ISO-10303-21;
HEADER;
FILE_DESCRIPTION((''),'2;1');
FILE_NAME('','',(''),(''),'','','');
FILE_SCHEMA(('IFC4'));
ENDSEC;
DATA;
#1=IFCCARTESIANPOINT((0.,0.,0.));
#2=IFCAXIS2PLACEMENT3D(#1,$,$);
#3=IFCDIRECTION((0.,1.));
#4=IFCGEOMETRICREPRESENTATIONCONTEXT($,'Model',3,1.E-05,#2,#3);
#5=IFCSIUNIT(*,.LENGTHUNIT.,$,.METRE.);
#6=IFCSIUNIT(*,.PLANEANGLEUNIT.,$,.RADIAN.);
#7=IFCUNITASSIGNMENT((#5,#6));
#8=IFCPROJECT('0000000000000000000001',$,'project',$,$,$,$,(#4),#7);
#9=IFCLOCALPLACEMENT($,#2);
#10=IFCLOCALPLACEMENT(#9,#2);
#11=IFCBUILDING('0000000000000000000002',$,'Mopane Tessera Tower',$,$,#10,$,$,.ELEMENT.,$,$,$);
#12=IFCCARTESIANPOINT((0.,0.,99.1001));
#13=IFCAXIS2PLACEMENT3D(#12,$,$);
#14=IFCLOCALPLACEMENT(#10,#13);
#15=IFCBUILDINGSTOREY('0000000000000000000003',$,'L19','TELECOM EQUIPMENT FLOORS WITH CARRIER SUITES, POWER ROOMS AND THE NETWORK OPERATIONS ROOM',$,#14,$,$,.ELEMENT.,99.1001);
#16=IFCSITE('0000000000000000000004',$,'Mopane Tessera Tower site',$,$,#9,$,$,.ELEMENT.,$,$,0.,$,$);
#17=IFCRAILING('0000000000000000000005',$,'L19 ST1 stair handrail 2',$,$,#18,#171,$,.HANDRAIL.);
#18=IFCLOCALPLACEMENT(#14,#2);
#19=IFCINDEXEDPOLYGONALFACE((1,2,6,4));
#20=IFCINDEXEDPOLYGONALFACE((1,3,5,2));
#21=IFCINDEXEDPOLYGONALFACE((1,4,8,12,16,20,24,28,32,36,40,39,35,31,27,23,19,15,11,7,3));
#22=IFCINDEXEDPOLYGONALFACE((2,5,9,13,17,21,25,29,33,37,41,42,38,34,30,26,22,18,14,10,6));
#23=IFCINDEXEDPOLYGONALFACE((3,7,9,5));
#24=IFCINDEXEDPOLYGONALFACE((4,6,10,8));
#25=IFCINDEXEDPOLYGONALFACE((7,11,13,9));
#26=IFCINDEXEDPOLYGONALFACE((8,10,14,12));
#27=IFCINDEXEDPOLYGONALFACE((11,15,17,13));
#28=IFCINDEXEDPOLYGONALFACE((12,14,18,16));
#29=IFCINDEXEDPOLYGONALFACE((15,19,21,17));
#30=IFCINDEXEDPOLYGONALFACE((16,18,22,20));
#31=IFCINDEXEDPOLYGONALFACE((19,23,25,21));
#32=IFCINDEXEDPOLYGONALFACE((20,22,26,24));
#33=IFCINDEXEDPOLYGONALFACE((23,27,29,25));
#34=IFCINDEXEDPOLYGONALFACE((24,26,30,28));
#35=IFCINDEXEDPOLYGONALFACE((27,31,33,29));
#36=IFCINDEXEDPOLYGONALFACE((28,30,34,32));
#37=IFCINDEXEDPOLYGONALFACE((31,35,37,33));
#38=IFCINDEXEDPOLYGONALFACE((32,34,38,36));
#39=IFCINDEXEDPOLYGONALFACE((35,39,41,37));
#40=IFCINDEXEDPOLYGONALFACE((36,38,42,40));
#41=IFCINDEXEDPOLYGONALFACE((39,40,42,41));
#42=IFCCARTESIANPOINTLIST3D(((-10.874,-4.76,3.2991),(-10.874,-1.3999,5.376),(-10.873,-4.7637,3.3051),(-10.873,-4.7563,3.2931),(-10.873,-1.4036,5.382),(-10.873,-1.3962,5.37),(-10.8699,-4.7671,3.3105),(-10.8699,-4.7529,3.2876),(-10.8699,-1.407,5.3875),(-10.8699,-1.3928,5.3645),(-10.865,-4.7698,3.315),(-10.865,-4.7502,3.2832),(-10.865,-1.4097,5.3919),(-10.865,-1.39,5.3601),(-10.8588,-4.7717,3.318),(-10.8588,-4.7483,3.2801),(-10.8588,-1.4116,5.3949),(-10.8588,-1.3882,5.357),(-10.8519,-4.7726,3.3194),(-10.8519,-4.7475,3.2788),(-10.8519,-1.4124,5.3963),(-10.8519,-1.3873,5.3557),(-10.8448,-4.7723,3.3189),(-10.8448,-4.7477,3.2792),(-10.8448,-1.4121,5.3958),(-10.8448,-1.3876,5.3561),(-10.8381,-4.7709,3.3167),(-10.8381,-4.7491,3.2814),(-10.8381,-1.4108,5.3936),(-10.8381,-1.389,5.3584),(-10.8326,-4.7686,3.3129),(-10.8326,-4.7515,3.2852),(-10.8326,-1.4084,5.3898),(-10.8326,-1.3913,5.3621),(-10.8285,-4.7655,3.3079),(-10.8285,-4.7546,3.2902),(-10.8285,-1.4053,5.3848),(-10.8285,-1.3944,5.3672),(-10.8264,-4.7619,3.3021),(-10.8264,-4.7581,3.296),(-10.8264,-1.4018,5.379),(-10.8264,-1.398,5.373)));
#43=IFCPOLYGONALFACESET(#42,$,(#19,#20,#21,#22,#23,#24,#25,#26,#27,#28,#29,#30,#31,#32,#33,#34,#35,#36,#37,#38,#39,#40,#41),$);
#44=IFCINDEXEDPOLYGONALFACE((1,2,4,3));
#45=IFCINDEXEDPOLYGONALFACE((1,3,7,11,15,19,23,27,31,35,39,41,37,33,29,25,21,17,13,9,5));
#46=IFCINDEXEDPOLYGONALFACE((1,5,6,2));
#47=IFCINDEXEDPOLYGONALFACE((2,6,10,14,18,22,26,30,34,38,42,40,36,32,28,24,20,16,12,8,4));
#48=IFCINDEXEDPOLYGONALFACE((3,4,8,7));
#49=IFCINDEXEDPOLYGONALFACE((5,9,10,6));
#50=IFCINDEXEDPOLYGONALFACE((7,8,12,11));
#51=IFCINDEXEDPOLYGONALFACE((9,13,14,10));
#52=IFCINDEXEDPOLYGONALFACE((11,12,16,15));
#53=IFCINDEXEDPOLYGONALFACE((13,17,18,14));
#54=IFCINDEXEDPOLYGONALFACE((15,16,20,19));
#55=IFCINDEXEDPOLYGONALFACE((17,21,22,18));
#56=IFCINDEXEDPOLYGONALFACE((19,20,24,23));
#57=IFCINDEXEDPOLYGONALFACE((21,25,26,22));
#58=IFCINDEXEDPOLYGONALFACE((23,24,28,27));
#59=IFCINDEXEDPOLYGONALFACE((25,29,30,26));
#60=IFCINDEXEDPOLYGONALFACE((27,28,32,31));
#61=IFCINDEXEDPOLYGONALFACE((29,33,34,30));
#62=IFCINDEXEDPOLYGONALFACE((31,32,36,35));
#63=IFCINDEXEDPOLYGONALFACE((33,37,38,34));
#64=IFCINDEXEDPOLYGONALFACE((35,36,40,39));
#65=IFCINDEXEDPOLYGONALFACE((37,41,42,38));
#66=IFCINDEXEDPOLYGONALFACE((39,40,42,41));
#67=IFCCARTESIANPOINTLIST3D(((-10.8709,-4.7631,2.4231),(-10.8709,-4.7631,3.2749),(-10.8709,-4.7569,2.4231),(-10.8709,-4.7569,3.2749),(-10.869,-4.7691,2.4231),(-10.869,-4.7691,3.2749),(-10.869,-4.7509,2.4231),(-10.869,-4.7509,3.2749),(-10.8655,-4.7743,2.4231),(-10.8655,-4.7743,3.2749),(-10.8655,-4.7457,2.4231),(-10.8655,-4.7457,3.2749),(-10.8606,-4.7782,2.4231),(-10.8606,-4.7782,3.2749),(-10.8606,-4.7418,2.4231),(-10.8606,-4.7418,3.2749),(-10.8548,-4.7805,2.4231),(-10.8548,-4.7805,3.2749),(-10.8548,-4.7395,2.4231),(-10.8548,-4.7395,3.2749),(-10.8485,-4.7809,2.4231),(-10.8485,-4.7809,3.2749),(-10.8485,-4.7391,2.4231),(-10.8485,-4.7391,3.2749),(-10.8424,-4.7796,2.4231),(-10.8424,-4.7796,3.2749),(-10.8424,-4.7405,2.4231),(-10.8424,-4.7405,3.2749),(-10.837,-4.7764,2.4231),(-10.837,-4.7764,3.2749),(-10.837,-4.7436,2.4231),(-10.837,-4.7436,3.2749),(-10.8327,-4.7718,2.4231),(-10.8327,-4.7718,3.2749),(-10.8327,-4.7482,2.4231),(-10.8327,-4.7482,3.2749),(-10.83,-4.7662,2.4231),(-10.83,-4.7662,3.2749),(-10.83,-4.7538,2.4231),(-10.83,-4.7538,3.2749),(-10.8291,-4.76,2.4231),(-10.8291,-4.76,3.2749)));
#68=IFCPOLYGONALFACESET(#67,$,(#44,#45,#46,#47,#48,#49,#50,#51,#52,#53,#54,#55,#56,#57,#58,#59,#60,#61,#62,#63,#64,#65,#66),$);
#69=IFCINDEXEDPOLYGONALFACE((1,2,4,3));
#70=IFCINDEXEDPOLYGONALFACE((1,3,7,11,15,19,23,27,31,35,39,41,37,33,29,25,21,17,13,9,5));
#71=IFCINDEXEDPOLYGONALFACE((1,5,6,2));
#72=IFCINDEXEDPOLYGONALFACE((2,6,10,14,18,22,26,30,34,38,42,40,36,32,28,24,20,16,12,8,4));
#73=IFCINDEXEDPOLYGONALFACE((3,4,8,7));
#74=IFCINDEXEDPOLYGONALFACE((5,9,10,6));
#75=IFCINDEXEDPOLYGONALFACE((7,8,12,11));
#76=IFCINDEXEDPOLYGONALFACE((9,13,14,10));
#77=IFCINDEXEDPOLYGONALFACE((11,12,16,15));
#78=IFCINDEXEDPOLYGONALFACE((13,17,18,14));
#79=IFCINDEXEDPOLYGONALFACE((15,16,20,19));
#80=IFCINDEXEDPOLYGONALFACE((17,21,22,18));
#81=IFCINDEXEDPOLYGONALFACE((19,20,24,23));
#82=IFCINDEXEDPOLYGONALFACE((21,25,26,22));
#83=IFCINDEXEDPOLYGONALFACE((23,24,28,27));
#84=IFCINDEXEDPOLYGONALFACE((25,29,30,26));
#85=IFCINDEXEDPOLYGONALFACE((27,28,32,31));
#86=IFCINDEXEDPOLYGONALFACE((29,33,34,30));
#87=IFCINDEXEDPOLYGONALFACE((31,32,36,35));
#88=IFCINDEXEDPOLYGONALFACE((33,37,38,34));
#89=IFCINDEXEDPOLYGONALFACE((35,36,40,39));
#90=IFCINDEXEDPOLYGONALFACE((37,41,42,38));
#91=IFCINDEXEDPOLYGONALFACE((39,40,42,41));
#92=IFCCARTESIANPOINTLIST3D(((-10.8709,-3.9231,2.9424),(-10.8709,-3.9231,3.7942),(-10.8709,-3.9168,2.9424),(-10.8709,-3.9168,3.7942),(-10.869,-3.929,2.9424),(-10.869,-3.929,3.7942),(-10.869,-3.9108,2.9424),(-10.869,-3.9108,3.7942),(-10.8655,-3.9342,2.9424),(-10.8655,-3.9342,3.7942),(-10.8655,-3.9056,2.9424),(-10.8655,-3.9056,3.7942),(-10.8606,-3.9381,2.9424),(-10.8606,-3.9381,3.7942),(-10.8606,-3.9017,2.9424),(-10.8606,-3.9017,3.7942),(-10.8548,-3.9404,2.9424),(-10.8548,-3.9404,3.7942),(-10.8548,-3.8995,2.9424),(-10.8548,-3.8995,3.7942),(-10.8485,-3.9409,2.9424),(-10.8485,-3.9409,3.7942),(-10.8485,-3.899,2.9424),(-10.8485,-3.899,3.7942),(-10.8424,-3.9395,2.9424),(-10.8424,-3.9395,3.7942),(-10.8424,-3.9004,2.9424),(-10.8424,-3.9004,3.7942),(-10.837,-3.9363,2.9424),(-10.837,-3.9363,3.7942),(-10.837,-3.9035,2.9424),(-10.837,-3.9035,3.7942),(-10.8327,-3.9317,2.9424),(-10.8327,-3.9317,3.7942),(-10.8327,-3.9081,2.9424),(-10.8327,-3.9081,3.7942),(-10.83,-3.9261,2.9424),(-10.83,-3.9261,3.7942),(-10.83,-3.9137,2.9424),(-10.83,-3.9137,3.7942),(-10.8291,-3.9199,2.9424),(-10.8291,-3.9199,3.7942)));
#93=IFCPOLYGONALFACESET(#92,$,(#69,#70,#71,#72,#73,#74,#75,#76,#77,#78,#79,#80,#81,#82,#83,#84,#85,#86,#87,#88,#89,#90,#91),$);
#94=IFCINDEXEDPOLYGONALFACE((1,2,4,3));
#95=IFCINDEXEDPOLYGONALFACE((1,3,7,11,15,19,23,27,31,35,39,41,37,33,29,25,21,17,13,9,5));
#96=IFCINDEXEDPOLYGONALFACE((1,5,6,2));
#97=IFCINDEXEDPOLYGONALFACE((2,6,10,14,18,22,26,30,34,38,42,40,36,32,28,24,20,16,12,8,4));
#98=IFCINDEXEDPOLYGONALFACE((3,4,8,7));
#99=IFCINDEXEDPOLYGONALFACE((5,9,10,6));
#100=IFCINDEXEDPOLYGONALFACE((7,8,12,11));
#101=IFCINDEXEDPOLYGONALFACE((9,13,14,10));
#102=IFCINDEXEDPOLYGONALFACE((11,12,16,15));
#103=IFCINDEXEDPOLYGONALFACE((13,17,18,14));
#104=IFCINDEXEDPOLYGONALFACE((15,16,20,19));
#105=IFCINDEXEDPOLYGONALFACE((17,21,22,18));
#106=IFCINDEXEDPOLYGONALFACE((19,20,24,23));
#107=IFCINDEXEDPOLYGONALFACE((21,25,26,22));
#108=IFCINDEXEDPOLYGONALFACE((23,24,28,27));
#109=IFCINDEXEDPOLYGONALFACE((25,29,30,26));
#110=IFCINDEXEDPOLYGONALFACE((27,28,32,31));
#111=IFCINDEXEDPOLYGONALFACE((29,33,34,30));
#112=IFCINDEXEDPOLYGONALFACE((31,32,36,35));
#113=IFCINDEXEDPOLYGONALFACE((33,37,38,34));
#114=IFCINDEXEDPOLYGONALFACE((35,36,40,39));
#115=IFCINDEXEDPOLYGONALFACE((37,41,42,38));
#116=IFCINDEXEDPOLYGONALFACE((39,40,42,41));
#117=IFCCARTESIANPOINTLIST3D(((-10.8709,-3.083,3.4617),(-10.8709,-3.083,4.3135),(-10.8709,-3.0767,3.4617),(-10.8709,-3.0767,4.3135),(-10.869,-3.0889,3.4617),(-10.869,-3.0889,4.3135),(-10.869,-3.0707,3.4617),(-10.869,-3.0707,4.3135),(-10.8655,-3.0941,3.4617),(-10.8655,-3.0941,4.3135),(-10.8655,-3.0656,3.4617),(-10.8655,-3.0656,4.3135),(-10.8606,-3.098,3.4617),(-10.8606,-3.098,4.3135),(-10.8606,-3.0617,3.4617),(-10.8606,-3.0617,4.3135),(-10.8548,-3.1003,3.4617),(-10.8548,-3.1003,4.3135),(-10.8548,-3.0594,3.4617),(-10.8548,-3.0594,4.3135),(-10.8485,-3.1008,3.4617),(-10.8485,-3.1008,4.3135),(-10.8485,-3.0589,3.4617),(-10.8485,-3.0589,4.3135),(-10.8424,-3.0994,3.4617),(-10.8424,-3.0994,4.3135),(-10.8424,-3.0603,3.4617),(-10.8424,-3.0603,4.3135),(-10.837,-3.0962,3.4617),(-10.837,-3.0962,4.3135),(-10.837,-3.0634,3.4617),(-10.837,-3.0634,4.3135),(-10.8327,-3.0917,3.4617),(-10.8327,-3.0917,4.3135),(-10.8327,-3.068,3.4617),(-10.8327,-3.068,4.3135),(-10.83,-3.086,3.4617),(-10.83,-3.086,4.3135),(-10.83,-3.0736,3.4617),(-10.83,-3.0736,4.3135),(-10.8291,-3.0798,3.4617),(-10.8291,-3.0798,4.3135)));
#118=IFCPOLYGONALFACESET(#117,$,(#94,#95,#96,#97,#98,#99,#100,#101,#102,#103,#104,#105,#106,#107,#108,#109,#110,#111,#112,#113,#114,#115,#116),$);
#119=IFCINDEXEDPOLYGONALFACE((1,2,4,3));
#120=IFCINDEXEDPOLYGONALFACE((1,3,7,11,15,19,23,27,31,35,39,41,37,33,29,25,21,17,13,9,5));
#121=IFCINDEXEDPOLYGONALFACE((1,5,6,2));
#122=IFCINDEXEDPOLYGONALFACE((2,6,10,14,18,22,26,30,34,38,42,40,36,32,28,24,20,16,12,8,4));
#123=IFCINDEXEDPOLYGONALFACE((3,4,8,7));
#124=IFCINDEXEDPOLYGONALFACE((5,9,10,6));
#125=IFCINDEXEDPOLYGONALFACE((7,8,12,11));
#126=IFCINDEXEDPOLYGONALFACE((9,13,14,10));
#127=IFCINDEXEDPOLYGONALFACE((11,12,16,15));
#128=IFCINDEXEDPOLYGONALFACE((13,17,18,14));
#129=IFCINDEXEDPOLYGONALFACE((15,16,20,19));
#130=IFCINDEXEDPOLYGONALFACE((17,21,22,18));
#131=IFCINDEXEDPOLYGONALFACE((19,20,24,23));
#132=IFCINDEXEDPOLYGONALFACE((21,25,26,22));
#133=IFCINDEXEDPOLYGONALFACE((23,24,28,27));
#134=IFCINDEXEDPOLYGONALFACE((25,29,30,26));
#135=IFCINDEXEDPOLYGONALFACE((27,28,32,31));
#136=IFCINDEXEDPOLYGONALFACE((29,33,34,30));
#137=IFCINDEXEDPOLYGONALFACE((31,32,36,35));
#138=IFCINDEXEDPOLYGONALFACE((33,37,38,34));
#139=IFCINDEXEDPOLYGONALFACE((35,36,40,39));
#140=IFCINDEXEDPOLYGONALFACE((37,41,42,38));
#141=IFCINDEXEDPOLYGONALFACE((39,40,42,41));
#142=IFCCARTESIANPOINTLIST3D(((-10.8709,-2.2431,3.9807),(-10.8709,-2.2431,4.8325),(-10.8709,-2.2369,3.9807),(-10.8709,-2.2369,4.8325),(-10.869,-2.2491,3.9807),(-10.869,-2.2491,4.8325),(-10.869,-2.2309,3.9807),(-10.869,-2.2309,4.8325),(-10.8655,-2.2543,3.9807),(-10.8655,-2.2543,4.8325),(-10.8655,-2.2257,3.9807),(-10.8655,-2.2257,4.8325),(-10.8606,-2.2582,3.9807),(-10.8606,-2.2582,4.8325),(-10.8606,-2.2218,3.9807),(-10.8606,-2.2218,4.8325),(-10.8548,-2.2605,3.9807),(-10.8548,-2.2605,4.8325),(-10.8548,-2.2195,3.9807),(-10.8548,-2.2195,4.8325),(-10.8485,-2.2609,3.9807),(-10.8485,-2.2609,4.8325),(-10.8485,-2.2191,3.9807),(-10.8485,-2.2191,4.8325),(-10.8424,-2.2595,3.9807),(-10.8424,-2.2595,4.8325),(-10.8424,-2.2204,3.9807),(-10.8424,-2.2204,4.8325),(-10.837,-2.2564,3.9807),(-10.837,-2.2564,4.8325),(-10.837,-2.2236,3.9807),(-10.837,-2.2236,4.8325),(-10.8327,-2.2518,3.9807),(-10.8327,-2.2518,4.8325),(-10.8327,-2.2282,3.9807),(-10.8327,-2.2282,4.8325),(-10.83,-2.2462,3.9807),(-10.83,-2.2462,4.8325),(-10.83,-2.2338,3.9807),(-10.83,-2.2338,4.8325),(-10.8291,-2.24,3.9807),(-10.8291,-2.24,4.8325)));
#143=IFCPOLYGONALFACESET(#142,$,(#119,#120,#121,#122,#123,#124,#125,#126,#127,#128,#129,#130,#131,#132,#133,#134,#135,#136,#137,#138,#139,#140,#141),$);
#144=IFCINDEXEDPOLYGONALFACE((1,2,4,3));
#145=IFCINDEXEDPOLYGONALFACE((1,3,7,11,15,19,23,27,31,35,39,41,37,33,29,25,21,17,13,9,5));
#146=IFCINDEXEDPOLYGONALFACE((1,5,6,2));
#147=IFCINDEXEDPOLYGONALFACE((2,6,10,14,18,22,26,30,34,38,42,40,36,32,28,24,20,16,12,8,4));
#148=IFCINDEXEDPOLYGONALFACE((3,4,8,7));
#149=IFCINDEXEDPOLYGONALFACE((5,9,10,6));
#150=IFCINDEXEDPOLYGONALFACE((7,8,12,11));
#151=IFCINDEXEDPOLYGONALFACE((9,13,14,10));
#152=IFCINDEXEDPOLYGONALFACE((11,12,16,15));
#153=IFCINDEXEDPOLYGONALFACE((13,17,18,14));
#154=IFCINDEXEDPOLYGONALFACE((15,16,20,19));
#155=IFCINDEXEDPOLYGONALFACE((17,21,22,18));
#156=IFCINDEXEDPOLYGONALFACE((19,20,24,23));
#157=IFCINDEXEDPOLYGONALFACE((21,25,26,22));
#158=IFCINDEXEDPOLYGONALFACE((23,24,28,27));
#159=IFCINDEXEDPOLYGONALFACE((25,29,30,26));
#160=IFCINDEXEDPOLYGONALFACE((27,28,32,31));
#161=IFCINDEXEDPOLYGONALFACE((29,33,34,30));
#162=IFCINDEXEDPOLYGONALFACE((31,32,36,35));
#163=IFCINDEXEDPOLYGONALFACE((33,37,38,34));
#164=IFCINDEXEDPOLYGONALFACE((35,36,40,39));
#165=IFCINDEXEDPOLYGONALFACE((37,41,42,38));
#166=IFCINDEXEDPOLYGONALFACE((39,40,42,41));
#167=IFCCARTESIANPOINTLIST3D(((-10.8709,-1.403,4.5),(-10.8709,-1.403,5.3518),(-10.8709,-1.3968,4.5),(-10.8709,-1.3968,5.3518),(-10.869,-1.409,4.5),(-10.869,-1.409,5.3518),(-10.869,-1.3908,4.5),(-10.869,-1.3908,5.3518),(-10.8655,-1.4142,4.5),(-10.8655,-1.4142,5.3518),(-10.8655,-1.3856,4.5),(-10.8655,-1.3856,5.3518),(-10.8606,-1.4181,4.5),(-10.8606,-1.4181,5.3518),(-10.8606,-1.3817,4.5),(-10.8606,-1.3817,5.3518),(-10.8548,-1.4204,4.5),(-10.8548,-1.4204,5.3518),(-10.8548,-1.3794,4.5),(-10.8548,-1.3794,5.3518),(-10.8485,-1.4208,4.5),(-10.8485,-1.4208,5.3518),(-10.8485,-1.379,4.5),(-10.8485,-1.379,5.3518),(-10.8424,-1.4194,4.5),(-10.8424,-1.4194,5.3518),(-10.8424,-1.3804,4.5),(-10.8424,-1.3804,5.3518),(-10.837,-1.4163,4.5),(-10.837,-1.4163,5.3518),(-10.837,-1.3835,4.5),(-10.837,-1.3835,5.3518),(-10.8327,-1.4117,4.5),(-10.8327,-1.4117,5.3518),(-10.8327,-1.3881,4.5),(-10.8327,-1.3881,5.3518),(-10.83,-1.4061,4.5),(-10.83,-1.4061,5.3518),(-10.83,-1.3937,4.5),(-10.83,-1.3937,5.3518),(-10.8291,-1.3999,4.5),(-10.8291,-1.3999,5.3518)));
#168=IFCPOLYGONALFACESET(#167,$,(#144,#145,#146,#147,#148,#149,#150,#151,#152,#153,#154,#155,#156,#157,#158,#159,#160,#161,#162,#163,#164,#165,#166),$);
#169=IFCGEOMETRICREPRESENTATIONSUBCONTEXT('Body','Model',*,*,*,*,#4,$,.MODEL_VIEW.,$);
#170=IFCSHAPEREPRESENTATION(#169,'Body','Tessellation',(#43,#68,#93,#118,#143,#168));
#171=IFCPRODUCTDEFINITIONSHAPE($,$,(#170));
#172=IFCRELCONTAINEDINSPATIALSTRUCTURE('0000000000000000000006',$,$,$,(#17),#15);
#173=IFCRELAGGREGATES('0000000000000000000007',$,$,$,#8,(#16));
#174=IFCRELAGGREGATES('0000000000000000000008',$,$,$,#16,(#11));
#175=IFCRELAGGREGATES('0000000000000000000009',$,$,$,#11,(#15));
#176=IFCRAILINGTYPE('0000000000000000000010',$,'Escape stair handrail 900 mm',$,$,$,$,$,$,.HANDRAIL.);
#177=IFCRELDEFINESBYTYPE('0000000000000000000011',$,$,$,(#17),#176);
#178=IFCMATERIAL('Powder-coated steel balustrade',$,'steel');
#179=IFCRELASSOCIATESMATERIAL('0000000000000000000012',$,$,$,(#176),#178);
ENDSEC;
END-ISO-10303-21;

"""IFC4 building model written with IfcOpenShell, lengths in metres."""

from ifc_helpers import new_model, si_unit, direction, frame, origin, origin_2d, place, context, subcontext, project, spatial, circle, extrude, material, type_object, element, save


model = new_model("IFC4")

# Units and contexts
model_context = context("Model", 3, precision=1e-05, world=origin(), true_north=direction((0.0, 1.0)))
body_context = subcontext(model_context, "Body", "Model", "MODEL_VIEW")
ifc_project = project(units=[si_unit("LENGTHUNIT", "METRE"), si_unit("PLANEANGLEUNIT", "RADIAN")], contexts=[model_context])

# Site, building, storey
site_placement = place(None, origin())
site = spatial("IfcSite", under=ifc_project, at=site_placement, Name="Mopane Tessera Tower site", CompositionType="ELEMENT", RefElevation=0.0)
building_placement = place(site_placement, origin())
building = spatial("IfcBuilding", under=site, at=building_placement, Name="Mopane Tessera Tower", CompositionType="ELEMENT")
storey_placement = place(building_placement, frame((0.0, 0.0, 99.1001)))
storey = spatial("IfcBuildingStorey", under=building, at=storey_placement, Name="L19", Description="TELECOM EQUIPMENT FLOORS WITH CARRIER SUITES, POWER ROOMS AND THE NETWORK OPERATIONS ROOM", CompositionType="ELEMENT", Elevation=99.1001)

# Railing
ifc_material_1 = material(Name="Powder-coated steel balustrade", Category="steel")
railing_type_1 = type_object("IfcRailingType", Name="Escape stair handrail 900 mm", PredefinedType="HANDRAIL", material=ifc_material_1)
railing_1_placement = place(storey_placement, frame((-10.8501, -4.76, 2.4231)))
element("IfcRailing", 1, at=railing_1_placement, inside=storey, type_object=railing_type_1, Name="L19 ST1 stair handrail 2", PredefinedType="HANDRAIL", context=body_context, shape_type="SweptSolid", body=[
    extrude(circle(Radius=0.0239, at=origin_2d()), frame((0.0, 0.0, 0.876), z_axis=(0.0, 0.850623, 0.525776), x_axis=(-1.0, 0.0, 0.0)), (0.0, 0.0, 1.0), 3.9502),
    extrude(circle(Radius=0.021, at=origin_2d()), origin(), (0.0, 0.0, 1.0), 0.8518),
    extrude(circle(Radius=0.021, at=origin_2d()), frame((0.0, 0.8401, 0.5193)), (0.0, 0.0, 1.0), 0.8518),
    extrude(circle(Radius=0.021, at=origin_2d()), frame((0.0, 1.6802, 1.0386)), (0.0, 0.0, 1.0), 0.8518),
    extrude(circle(Radius=0.021, at=origin_2d()), frame((0.0, 2.52, 1.5576)), (0.0, 0.0, 1.0), 0.8518),
    extrude(circle(Radius=0.021, at=origin_2d()), frame((0.0, 3.3601, 2.0769)), (0.0, 0.0, 1.0), 0.8518),
])

save(model, "model.ifc")
